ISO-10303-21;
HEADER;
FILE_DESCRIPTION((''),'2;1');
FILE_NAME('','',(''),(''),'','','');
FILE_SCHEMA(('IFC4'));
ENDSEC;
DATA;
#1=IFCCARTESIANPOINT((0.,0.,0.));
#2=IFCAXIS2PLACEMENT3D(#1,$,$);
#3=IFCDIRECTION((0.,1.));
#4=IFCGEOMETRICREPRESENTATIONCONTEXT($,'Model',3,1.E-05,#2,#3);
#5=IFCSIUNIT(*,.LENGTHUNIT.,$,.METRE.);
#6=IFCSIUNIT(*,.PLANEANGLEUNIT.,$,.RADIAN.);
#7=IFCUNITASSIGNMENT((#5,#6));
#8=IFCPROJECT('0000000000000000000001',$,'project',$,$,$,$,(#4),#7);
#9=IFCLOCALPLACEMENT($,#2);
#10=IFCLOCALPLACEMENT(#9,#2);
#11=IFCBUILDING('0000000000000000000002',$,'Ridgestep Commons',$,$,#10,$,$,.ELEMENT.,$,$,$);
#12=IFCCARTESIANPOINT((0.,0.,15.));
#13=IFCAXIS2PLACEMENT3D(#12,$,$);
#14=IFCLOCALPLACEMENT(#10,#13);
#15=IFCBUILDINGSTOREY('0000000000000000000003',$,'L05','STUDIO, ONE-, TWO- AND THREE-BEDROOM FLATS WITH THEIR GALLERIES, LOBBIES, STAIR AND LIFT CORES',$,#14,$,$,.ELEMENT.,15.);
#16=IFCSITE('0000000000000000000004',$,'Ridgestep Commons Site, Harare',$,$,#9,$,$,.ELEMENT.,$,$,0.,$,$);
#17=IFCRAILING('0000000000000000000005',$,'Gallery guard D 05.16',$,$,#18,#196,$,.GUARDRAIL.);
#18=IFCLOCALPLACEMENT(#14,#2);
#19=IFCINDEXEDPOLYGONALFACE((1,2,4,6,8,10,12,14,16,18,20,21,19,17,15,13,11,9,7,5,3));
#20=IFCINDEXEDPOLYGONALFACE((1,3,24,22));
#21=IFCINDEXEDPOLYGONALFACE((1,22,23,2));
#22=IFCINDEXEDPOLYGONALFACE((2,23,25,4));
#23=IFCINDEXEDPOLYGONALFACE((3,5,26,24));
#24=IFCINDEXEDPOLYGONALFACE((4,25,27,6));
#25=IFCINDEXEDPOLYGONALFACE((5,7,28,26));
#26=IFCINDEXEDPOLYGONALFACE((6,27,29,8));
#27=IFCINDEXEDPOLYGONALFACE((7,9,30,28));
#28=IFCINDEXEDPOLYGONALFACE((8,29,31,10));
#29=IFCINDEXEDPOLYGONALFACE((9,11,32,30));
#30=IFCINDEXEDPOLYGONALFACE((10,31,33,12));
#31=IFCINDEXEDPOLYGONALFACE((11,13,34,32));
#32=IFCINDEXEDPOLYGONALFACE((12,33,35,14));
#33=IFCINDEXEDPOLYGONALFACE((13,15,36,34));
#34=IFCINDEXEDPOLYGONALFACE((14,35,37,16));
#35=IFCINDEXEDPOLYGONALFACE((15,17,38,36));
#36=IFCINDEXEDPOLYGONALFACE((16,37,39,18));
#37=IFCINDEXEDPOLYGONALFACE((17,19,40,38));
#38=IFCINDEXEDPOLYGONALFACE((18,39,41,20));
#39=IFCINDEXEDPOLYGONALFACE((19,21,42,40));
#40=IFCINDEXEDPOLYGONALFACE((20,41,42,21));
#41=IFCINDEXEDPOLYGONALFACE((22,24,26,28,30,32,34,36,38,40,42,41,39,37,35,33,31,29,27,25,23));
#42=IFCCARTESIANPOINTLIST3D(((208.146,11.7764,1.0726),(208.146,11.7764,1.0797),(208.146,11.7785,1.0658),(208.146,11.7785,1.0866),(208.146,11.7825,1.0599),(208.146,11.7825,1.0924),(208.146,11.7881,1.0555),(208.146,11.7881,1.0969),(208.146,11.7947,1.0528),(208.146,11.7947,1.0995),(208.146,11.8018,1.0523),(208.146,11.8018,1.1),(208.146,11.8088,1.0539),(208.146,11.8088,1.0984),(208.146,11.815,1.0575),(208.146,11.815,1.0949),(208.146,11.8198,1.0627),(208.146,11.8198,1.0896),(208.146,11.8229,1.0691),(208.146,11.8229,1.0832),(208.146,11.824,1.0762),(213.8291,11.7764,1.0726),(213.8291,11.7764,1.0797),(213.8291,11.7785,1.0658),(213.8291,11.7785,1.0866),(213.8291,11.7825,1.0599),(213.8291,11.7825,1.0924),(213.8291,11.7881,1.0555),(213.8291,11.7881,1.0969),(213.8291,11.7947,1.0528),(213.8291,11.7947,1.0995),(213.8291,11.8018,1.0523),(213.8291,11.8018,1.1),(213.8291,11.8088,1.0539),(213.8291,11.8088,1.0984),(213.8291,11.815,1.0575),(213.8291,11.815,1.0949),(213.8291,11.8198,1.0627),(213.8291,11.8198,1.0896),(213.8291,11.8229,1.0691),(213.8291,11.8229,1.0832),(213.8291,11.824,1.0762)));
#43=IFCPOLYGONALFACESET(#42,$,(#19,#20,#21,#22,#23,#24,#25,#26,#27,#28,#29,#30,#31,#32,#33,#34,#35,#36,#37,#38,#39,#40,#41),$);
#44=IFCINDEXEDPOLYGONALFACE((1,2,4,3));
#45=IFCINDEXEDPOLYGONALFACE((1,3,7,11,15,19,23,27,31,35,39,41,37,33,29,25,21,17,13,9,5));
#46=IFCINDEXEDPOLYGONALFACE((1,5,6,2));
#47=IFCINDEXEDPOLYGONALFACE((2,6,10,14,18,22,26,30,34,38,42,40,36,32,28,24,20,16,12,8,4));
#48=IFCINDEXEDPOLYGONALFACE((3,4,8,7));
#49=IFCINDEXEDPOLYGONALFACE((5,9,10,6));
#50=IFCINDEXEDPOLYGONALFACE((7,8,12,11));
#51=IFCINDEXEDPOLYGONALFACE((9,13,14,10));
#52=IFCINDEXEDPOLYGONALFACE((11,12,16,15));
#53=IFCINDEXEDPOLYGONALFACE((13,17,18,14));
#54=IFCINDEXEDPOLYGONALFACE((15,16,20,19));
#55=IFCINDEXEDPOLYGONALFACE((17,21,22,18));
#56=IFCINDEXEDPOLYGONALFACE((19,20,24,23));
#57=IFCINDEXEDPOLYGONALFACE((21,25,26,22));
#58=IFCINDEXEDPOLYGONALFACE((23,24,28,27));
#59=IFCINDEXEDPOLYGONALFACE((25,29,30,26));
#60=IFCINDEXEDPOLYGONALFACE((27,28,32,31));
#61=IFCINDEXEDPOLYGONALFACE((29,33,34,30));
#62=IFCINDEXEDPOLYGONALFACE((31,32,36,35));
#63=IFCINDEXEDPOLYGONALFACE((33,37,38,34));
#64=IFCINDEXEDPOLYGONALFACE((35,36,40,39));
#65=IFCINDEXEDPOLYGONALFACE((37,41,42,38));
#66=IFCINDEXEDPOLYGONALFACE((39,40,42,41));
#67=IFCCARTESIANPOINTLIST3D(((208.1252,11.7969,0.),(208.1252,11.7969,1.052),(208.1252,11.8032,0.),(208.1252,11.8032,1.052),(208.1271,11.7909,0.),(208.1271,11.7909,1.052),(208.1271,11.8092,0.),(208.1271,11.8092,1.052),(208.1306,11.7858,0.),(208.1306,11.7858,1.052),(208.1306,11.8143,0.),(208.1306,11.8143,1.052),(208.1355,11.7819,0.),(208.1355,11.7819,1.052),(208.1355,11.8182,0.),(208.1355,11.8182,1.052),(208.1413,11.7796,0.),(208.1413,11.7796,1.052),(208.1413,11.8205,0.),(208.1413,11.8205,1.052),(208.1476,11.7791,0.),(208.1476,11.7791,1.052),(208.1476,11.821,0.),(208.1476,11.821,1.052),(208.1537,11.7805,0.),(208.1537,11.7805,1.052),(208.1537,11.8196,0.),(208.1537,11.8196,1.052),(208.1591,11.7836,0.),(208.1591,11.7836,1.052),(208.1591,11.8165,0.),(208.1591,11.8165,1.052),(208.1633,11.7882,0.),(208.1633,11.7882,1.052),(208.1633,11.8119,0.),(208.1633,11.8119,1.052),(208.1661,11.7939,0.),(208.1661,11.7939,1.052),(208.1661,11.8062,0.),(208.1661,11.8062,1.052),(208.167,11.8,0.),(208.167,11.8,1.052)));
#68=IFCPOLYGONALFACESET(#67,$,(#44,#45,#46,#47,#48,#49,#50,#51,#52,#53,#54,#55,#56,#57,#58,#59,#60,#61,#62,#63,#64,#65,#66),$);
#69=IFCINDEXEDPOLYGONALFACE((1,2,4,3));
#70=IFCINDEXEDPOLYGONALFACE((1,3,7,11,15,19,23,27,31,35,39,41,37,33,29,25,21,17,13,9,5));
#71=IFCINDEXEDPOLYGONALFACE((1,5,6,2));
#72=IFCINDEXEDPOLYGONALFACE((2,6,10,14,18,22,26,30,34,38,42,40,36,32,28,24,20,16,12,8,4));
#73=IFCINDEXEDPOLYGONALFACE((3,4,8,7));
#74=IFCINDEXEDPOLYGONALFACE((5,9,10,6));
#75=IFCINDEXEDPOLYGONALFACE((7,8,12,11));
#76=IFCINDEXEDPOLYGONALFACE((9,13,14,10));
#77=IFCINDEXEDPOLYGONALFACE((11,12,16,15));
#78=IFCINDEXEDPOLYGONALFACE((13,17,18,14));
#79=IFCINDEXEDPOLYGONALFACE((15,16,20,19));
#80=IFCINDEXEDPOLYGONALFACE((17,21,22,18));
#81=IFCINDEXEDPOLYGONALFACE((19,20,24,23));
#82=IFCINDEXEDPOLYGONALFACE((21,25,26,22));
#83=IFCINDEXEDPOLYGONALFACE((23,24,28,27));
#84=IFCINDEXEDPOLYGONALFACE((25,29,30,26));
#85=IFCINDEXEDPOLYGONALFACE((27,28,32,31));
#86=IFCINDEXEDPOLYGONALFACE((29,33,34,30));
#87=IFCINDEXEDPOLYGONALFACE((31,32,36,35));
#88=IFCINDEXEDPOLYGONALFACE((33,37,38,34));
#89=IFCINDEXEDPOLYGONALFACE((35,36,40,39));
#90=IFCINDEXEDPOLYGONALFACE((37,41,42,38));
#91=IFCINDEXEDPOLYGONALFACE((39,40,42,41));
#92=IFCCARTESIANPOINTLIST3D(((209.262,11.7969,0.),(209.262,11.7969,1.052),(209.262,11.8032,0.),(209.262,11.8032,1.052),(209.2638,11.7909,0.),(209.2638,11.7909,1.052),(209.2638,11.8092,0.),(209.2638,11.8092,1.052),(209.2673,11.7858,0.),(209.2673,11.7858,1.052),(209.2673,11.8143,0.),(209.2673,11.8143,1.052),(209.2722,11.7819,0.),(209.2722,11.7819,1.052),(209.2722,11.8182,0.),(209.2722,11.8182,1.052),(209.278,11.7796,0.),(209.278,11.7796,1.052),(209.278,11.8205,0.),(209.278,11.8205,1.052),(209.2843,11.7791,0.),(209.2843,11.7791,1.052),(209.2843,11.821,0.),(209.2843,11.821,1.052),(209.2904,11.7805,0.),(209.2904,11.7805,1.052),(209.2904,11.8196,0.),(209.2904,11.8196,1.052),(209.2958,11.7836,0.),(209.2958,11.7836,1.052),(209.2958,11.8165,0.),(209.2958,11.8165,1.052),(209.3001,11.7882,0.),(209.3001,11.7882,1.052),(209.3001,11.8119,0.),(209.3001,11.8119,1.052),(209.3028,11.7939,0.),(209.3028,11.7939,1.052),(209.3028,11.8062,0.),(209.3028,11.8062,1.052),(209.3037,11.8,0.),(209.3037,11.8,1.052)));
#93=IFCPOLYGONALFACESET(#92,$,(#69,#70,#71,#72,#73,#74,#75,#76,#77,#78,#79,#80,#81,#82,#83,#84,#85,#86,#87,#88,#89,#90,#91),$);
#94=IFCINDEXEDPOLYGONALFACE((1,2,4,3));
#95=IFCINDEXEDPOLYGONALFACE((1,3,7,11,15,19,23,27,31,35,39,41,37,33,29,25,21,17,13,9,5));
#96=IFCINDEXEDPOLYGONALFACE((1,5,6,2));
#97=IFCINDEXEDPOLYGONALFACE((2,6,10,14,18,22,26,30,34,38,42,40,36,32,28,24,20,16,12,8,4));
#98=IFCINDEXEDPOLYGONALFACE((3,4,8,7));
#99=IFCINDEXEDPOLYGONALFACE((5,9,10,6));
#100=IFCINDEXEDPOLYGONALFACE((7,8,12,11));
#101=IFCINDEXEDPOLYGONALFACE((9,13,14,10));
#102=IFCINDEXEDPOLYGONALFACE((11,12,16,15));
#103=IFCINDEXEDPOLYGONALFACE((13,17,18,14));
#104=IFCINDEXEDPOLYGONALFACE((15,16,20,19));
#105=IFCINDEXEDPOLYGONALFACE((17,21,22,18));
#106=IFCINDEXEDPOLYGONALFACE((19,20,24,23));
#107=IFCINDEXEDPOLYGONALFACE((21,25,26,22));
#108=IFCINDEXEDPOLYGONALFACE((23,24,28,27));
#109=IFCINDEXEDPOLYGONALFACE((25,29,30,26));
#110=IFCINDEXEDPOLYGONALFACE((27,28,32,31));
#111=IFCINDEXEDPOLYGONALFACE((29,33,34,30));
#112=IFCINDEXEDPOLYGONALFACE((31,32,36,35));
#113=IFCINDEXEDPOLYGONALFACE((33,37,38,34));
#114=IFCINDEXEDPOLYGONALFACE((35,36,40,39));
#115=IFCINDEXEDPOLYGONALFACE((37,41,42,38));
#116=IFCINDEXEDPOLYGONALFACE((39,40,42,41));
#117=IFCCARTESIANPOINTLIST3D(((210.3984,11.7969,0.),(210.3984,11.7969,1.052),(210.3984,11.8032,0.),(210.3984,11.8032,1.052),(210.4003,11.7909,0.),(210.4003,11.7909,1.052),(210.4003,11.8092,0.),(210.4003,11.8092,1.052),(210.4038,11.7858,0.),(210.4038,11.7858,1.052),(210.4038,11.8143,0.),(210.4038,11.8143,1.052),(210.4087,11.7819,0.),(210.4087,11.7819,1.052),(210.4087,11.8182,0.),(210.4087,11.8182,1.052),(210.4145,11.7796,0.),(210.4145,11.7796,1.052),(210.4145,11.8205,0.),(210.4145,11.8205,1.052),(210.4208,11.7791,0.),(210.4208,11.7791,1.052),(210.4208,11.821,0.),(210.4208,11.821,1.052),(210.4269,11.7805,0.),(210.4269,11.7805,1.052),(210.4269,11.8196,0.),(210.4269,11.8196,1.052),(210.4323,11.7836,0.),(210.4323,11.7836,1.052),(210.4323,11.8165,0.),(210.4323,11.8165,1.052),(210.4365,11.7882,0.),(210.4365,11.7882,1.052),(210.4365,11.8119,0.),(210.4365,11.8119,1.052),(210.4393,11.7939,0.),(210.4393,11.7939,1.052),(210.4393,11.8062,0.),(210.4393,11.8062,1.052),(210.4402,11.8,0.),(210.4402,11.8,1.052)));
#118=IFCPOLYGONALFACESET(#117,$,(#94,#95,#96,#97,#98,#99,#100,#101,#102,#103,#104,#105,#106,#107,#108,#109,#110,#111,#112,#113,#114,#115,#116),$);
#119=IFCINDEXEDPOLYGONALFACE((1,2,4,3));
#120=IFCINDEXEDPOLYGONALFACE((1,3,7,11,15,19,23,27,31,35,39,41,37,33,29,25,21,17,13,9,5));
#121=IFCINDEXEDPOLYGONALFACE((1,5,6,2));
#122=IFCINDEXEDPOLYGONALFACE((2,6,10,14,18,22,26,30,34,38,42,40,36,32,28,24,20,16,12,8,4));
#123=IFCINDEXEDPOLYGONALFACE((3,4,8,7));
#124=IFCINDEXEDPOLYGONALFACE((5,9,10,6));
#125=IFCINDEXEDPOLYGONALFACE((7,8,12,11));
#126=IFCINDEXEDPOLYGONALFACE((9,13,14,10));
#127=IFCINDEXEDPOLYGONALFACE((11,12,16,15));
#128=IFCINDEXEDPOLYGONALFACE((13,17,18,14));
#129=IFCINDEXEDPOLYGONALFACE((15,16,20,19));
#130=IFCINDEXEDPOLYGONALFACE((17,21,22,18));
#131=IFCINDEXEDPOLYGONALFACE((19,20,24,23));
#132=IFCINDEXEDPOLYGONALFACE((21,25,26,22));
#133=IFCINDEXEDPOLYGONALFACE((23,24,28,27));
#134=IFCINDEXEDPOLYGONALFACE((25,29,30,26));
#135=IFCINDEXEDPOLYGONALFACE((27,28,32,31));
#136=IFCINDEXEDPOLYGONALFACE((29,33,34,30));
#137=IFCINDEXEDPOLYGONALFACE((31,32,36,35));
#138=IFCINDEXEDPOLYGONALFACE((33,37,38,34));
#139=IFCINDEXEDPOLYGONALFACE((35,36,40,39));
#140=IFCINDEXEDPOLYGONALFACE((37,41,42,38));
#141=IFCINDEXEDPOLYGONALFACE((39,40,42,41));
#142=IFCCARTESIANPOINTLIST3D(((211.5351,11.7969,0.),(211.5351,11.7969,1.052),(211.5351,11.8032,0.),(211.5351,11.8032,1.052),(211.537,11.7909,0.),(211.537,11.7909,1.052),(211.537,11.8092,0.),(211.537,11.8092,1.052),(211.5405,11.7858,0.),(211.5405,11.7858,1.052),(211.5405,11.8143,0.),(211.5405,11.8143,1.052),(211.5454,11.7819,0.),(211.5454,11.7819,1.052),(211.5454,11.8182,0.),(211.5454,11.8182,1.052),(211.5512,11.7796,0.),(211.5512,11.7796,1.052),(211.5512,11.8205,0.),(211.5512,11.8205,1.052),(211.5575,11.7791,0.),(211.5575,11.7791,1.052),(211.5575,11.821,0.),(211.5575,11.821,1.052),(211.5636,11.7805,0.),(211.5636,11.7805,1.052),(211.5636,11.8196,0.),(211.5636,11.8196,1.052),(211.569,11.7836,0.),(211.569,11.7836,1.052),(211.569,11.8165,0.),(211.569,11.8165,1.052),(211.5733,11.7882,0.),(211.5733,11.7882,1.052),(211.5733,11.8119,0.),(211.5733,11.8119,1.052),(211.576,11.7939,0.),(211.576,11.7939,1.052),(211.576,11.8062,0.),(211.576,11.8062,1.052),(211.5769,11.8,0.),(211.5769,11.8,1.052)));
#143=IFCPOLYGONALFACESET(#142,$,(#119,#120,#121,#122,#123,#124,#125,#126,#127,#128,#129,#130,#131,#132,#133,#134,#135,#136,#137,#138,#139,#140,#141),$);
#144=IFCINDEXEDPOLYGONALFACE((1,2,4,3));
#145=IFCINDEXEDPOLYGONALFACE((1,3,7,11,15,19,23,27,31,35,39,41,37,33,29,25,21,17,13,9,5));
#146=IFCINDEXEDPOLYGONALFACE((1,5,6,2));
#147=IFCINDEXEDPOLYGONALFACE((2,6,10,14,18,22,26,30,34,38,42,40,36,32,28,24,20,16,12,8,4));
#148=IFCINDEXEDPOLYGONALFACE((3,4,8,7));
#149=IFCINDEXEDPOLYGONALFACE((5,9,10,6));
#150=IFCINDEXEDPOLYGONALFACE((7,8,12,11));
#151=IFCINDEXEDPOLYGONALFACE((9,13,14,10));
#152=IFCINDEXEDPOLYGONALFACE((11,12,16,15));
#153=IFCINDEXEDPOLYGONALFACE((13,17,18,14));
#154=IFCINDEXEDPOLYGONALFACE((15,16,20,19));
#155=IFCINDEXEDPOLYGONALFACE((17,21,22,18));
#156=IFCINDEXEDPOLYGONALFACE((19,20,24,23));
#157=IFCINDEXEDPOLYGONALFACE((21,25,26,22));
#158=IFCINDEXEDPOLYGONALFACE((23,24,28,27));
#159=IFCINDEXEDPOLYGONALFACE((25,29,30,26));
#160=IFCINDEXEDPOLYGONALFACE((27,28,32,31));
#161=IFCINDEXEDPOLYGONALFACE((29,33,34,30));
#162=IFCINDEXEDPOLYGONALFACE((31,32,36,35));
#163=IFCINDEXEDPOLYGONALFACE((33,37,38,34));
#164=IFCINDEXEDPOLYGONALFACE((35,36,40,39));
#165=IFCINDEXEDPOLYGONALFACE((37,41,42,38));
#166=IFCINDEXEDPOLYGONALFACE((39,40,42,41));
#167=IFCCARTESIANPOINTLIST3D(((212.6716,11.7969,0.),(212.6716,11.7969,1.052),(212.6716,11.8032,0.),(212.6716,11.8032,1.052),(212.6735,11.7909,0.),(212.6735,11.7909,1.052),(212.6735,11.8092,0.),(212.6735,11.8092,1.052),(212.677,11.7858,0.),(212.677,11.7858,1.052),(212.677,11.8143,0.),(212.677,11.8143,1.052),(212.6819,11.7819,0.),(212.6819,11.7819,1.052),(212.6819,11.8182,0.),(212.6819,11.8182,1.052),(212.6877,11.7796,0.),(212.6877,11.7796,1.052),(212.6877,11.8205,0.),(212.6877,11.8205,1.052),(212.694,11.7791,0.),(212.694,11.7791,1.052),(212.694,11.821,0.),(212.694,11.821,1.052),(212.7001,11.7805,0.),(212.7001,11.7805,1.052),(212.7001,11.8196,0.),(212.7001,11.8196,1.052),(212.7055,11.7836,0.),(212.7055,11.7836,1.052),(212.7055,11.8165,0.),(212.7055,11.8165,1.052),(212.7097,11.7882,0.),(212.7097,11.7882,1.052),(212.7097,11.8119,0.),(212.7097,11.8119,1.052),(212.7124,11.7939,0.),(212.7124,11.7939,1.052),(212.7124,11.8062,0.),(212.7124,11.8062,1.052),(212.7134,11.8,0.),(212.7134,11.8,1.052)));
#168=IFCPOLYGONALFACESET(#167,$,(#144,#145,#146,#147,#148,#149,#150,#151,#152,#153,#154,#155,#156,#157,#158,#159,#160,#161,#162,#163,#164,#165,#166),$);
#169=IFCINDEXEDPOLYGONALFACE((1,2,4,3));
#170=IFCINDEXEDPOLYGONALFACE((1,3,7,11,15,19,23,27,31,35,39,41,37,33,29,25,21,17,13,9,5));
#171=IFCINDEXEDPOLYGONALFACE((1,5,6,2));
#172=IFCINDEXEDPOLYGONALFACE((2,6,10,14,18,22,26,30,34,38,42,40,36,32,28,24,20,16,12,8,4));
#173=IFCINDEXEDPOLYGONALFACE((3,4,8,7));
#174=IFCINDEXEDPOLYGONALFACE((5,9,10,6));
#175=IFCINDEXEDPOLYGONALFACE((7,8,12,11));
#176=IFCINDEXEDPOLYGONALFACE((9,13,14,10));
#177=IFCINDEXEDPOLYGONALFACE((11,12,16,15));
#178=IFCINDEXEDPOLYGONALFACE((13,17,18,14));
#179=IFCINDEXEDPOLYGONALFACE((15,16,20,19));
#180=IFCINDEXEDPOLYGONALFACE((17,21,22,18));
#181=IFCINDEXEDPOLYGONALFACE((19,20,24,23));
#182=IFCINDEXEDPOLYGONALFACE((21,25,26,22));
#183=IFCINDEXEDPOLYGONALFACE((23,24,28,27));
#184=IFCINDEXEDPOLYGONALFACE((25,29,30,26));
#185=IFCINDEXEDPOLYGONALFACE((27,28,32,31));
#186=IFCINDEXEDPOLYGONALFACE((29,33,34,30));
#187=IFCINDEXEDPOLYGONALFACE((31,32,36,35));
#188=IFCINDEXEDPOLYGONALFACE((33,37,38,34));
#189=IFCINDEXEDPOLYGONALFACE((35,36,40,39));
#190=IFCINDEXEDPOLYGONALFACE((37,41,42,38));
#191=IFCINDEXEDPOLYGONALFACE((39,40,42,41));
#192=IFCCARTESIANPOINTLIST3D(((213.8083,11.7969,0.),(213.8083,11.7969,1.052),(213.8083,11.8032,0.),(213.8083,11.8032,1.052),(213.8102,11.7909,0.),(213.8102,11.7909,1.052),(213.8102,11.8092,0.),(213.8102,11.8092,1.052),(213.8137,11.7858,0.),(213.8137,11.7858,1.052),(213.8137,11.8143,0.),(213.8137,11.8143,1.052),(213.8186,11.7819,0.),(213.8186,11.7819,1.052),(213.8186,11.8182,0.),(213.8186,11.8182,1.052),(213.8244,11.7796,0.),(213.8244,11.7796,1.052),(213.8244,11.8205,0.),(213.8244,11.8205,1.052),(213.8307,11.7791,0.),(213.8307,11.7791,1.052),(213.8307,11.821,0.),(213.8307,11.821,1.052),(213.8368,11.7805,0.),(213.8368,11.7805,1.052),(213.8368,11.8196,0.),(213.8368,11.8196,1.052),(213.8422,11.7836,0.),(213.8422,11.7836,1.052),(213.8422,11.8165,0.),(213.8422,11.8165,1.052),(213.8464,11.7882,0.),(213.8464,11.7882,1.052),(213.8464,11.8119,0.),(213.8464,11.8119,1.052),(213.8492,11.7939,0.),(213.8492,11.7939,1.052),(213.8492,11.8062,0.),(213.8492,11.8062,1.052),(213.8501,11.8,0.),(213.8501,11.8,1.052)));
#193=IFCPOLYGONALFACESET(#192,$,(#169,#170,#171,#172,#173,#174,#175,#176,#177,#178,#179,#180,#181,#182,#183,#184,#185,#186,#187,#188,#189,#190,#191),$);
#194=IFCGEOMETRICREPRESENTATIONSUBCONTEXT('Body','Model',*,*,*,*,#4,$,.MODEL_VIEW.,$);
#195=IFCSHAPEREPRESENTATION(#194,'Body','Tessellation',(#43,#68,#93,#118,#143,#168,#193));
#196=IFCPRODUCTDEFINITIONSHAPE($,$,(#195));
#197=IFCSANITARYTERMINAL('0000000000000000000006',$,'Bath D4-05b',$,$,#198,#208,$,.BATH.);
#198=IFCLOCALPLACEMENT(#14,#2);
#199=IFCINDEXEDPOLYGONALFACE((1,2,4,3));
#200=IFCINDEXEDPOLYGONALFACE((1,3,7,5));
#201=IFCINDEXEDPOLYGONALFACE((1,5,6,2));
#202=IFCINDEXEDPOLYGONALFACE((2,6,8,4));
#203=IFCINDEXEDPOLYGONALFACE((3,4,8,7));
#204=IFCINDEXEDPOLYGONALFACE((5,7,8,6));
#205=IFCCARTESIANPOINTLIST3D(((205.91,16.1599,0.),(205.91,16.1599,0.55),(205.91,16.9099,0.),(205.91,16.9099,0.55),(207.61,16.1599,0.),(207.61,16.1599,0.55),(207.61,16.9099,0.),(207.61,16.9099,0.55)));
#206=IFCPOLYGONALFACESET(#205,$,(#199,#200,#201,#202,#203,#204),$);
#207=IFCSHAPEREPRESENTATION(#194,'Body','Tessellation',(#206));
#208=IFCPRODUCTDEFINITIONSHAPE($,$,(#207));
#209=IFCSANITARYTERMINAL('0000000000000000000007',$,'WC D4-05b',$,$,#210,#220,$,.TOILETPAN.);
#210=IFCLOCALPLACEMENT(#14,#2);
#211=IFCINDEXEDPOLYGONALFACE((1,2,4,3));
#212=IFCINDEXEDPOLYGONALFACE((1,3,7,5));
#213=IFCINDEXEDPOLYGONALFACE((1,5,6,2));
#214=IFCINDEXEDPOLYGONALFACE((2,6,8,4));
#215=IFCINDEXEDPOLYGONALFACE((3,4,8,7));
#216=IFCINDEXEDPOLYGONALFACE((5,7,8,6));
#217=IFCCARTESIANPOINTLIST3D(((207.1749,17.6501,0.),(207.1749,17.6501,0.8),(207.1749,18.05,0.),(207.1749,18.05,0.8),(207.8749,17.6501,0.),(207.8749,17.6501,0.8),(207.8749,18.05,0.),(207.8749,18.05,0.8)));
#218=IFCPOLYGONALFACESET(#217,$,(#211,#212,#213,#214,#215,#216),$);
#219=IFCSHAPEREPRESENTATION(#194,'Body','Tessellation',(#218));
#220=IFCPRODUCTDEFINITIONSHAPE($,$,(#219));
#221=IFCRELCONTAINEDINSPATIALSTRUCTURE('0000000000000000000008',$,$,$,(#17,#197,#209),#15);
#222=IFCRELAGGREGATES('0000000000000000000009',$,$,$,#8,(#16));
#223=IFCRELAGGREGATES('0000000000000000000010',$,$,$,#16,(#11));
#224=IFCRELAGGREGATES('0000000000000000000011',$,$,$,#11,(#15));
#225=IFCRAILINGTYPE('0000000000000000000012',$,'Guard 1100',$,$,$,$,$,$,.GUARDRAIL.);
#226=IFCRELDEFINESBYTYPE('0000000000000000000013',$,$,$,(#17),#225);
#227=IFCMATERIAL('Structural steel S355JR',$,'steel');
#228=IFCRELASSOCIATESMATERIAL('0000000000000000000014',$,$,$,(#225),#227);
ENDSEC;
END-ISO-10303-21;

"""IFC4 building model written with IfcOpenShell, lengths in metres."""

from ifc_helpers import new_model, si_unit, direction, frame, origin, origin_2d, place, context, subcontext, project, spatial, rectangle, circle, extrude, material, type_object, element, save


model = new_model("IFC4")

# Units and contexts
model_context = context("Model", 3, precision=1e-05, world=origin(), true_north=direction((0.0, 1.0)))
body_context = subcontext(model_context, "Body", "Model", "MODEL_VIEW")
ifc_project = project(units=[si_unit("LENGTHUNIT", "METRE"), si_unit("PLANEANGLEUNIT", "RADIAN")], contexts=[model_context])

# Site, building, storey
site_placement = place(None, origin())
site = spatial("IfcSite", under=ifc_project, at=site_placement, Name="Ridgestep Commons Site, Harare", CompositionType="ELEMENT", RefElevation=0.0)
building_placement = place(site_placement, origin())
building = spatial("IfcBuilding", under=site, at=building_placement, Name="Ridgestep Commons", CompositionType="ELEMENT")
storey_placement = place(building_placement, frame((0.0, 0.0, 15.0)))
storey = spatial("IfcBuildingStorey", under=building, at=storey_placement, Name="L05", Description="STUDIO, ONE-, TWO- AND THREE-BEDROOM FLATS WITH THEIR GALLERIES, LOBBIES, STAIR AND LIFT CORES", CompositionType="ELEMENT", Elevation=15.0)

# Railing
ifc_material_1 = material(Name="Structural steel S355JR", Category="steel")
railing_type = type_object("IfcRailingType", Name="Guard 1100", PredefinedType="GUARDRAIL", material=ifc_material_1)
railing_1_placement = place(storey_placement, frame((208.146, 11.8, 0.0)))
element("IfcRailing", 1, at=railing_1_placement, inside=storey, type_object=railing_type, Name="Gallery guard D 05.16", PredefinedType="GUARDRAIL", context=body_context, shape_type="SweptSolid", body=[
    extrude(circle(Radius=0.0239, at=origin_2d()), frame((0.0, 0.0, 1.0762), z_axis=(1.0, 0.0, 0.0), x_axis=(0.0, 1.0, 0.0)), (0.0, 0.0, 1.0), 5.6831),
    extrude(circle(Radius=0.021, at=origin_2d()), origin(), (0.0, 0.0, 1.0), 1.052),
    extrude(circle(Radius=0.021, at=origin_2d()), frame((1.1367, 0.0, 0.0)), (0.0, 0.0, 1.0), 1.052),
    extrude(circle(Radius=0.021, at=origin_2d()), frame((2.2732, 0.0, 0.0)), (0.0, 0.0, 1.0), 1.052),
    extrude(circle(Radius=0.021, at=origin_2d()), frame((3.4099, 0.0, 0.0)), (0.0, 0.0, 1.0), 1.052),
    extrude(circle(Radius=0.021, at=origin_2d()), frame((4.5464, 0.0, 0.0)), (0.0, 0.0, 1.0), 1.052),
    extrude(circle(Radius=0.021, at=origin_2d()), frame((5.6831, 0.0, 0.0)), (0.0, 0.0, 1.0), 1.052),
])

# Sanitary terminals
sanitary_terminal_1_placement = place(storey_placement, frame((206.76, 16.5349, 0.0), z_axis=(0.0, 0.0, 1.0), x_axis=(1.0, 0.0, 0.0)))
element("IfcSanitaryTerminal", 2, at=sanitary_terminal_1_placement, inside=storey, Name="Bath D4-05b", PredefinedType="BATH", context=body_context, shape_type="SweptSolid", body=[
    extrude(rectangle(XDim=1.7, YDim=0.75, at=origin_2d()), origin(), (0.0, 0.0, 1.0), 0.55),
])
sanitary_terminal_2_placement = place(storey_placement, frame((207.5249, 17.8501, 0.0), z_axis=(0.0, 0.0, 1.0), x_axis=(1.0, 0.0, 0.0)))
element("IfcSanitaryTerminal", 3, at=sanitary_terminal_2_placement, inside=storey, Name="WC D4-05b", PredefinedType="TOILETPAN", context=body_context, shape_type="SweptSolid", body=[
    extrude(rectangle(XDim=0.7, YDim=0.3999, at=origin_2d()), origin(), (0.0, 0.0, 1.0), 0.8),
])

save(model, "model.ifc")
